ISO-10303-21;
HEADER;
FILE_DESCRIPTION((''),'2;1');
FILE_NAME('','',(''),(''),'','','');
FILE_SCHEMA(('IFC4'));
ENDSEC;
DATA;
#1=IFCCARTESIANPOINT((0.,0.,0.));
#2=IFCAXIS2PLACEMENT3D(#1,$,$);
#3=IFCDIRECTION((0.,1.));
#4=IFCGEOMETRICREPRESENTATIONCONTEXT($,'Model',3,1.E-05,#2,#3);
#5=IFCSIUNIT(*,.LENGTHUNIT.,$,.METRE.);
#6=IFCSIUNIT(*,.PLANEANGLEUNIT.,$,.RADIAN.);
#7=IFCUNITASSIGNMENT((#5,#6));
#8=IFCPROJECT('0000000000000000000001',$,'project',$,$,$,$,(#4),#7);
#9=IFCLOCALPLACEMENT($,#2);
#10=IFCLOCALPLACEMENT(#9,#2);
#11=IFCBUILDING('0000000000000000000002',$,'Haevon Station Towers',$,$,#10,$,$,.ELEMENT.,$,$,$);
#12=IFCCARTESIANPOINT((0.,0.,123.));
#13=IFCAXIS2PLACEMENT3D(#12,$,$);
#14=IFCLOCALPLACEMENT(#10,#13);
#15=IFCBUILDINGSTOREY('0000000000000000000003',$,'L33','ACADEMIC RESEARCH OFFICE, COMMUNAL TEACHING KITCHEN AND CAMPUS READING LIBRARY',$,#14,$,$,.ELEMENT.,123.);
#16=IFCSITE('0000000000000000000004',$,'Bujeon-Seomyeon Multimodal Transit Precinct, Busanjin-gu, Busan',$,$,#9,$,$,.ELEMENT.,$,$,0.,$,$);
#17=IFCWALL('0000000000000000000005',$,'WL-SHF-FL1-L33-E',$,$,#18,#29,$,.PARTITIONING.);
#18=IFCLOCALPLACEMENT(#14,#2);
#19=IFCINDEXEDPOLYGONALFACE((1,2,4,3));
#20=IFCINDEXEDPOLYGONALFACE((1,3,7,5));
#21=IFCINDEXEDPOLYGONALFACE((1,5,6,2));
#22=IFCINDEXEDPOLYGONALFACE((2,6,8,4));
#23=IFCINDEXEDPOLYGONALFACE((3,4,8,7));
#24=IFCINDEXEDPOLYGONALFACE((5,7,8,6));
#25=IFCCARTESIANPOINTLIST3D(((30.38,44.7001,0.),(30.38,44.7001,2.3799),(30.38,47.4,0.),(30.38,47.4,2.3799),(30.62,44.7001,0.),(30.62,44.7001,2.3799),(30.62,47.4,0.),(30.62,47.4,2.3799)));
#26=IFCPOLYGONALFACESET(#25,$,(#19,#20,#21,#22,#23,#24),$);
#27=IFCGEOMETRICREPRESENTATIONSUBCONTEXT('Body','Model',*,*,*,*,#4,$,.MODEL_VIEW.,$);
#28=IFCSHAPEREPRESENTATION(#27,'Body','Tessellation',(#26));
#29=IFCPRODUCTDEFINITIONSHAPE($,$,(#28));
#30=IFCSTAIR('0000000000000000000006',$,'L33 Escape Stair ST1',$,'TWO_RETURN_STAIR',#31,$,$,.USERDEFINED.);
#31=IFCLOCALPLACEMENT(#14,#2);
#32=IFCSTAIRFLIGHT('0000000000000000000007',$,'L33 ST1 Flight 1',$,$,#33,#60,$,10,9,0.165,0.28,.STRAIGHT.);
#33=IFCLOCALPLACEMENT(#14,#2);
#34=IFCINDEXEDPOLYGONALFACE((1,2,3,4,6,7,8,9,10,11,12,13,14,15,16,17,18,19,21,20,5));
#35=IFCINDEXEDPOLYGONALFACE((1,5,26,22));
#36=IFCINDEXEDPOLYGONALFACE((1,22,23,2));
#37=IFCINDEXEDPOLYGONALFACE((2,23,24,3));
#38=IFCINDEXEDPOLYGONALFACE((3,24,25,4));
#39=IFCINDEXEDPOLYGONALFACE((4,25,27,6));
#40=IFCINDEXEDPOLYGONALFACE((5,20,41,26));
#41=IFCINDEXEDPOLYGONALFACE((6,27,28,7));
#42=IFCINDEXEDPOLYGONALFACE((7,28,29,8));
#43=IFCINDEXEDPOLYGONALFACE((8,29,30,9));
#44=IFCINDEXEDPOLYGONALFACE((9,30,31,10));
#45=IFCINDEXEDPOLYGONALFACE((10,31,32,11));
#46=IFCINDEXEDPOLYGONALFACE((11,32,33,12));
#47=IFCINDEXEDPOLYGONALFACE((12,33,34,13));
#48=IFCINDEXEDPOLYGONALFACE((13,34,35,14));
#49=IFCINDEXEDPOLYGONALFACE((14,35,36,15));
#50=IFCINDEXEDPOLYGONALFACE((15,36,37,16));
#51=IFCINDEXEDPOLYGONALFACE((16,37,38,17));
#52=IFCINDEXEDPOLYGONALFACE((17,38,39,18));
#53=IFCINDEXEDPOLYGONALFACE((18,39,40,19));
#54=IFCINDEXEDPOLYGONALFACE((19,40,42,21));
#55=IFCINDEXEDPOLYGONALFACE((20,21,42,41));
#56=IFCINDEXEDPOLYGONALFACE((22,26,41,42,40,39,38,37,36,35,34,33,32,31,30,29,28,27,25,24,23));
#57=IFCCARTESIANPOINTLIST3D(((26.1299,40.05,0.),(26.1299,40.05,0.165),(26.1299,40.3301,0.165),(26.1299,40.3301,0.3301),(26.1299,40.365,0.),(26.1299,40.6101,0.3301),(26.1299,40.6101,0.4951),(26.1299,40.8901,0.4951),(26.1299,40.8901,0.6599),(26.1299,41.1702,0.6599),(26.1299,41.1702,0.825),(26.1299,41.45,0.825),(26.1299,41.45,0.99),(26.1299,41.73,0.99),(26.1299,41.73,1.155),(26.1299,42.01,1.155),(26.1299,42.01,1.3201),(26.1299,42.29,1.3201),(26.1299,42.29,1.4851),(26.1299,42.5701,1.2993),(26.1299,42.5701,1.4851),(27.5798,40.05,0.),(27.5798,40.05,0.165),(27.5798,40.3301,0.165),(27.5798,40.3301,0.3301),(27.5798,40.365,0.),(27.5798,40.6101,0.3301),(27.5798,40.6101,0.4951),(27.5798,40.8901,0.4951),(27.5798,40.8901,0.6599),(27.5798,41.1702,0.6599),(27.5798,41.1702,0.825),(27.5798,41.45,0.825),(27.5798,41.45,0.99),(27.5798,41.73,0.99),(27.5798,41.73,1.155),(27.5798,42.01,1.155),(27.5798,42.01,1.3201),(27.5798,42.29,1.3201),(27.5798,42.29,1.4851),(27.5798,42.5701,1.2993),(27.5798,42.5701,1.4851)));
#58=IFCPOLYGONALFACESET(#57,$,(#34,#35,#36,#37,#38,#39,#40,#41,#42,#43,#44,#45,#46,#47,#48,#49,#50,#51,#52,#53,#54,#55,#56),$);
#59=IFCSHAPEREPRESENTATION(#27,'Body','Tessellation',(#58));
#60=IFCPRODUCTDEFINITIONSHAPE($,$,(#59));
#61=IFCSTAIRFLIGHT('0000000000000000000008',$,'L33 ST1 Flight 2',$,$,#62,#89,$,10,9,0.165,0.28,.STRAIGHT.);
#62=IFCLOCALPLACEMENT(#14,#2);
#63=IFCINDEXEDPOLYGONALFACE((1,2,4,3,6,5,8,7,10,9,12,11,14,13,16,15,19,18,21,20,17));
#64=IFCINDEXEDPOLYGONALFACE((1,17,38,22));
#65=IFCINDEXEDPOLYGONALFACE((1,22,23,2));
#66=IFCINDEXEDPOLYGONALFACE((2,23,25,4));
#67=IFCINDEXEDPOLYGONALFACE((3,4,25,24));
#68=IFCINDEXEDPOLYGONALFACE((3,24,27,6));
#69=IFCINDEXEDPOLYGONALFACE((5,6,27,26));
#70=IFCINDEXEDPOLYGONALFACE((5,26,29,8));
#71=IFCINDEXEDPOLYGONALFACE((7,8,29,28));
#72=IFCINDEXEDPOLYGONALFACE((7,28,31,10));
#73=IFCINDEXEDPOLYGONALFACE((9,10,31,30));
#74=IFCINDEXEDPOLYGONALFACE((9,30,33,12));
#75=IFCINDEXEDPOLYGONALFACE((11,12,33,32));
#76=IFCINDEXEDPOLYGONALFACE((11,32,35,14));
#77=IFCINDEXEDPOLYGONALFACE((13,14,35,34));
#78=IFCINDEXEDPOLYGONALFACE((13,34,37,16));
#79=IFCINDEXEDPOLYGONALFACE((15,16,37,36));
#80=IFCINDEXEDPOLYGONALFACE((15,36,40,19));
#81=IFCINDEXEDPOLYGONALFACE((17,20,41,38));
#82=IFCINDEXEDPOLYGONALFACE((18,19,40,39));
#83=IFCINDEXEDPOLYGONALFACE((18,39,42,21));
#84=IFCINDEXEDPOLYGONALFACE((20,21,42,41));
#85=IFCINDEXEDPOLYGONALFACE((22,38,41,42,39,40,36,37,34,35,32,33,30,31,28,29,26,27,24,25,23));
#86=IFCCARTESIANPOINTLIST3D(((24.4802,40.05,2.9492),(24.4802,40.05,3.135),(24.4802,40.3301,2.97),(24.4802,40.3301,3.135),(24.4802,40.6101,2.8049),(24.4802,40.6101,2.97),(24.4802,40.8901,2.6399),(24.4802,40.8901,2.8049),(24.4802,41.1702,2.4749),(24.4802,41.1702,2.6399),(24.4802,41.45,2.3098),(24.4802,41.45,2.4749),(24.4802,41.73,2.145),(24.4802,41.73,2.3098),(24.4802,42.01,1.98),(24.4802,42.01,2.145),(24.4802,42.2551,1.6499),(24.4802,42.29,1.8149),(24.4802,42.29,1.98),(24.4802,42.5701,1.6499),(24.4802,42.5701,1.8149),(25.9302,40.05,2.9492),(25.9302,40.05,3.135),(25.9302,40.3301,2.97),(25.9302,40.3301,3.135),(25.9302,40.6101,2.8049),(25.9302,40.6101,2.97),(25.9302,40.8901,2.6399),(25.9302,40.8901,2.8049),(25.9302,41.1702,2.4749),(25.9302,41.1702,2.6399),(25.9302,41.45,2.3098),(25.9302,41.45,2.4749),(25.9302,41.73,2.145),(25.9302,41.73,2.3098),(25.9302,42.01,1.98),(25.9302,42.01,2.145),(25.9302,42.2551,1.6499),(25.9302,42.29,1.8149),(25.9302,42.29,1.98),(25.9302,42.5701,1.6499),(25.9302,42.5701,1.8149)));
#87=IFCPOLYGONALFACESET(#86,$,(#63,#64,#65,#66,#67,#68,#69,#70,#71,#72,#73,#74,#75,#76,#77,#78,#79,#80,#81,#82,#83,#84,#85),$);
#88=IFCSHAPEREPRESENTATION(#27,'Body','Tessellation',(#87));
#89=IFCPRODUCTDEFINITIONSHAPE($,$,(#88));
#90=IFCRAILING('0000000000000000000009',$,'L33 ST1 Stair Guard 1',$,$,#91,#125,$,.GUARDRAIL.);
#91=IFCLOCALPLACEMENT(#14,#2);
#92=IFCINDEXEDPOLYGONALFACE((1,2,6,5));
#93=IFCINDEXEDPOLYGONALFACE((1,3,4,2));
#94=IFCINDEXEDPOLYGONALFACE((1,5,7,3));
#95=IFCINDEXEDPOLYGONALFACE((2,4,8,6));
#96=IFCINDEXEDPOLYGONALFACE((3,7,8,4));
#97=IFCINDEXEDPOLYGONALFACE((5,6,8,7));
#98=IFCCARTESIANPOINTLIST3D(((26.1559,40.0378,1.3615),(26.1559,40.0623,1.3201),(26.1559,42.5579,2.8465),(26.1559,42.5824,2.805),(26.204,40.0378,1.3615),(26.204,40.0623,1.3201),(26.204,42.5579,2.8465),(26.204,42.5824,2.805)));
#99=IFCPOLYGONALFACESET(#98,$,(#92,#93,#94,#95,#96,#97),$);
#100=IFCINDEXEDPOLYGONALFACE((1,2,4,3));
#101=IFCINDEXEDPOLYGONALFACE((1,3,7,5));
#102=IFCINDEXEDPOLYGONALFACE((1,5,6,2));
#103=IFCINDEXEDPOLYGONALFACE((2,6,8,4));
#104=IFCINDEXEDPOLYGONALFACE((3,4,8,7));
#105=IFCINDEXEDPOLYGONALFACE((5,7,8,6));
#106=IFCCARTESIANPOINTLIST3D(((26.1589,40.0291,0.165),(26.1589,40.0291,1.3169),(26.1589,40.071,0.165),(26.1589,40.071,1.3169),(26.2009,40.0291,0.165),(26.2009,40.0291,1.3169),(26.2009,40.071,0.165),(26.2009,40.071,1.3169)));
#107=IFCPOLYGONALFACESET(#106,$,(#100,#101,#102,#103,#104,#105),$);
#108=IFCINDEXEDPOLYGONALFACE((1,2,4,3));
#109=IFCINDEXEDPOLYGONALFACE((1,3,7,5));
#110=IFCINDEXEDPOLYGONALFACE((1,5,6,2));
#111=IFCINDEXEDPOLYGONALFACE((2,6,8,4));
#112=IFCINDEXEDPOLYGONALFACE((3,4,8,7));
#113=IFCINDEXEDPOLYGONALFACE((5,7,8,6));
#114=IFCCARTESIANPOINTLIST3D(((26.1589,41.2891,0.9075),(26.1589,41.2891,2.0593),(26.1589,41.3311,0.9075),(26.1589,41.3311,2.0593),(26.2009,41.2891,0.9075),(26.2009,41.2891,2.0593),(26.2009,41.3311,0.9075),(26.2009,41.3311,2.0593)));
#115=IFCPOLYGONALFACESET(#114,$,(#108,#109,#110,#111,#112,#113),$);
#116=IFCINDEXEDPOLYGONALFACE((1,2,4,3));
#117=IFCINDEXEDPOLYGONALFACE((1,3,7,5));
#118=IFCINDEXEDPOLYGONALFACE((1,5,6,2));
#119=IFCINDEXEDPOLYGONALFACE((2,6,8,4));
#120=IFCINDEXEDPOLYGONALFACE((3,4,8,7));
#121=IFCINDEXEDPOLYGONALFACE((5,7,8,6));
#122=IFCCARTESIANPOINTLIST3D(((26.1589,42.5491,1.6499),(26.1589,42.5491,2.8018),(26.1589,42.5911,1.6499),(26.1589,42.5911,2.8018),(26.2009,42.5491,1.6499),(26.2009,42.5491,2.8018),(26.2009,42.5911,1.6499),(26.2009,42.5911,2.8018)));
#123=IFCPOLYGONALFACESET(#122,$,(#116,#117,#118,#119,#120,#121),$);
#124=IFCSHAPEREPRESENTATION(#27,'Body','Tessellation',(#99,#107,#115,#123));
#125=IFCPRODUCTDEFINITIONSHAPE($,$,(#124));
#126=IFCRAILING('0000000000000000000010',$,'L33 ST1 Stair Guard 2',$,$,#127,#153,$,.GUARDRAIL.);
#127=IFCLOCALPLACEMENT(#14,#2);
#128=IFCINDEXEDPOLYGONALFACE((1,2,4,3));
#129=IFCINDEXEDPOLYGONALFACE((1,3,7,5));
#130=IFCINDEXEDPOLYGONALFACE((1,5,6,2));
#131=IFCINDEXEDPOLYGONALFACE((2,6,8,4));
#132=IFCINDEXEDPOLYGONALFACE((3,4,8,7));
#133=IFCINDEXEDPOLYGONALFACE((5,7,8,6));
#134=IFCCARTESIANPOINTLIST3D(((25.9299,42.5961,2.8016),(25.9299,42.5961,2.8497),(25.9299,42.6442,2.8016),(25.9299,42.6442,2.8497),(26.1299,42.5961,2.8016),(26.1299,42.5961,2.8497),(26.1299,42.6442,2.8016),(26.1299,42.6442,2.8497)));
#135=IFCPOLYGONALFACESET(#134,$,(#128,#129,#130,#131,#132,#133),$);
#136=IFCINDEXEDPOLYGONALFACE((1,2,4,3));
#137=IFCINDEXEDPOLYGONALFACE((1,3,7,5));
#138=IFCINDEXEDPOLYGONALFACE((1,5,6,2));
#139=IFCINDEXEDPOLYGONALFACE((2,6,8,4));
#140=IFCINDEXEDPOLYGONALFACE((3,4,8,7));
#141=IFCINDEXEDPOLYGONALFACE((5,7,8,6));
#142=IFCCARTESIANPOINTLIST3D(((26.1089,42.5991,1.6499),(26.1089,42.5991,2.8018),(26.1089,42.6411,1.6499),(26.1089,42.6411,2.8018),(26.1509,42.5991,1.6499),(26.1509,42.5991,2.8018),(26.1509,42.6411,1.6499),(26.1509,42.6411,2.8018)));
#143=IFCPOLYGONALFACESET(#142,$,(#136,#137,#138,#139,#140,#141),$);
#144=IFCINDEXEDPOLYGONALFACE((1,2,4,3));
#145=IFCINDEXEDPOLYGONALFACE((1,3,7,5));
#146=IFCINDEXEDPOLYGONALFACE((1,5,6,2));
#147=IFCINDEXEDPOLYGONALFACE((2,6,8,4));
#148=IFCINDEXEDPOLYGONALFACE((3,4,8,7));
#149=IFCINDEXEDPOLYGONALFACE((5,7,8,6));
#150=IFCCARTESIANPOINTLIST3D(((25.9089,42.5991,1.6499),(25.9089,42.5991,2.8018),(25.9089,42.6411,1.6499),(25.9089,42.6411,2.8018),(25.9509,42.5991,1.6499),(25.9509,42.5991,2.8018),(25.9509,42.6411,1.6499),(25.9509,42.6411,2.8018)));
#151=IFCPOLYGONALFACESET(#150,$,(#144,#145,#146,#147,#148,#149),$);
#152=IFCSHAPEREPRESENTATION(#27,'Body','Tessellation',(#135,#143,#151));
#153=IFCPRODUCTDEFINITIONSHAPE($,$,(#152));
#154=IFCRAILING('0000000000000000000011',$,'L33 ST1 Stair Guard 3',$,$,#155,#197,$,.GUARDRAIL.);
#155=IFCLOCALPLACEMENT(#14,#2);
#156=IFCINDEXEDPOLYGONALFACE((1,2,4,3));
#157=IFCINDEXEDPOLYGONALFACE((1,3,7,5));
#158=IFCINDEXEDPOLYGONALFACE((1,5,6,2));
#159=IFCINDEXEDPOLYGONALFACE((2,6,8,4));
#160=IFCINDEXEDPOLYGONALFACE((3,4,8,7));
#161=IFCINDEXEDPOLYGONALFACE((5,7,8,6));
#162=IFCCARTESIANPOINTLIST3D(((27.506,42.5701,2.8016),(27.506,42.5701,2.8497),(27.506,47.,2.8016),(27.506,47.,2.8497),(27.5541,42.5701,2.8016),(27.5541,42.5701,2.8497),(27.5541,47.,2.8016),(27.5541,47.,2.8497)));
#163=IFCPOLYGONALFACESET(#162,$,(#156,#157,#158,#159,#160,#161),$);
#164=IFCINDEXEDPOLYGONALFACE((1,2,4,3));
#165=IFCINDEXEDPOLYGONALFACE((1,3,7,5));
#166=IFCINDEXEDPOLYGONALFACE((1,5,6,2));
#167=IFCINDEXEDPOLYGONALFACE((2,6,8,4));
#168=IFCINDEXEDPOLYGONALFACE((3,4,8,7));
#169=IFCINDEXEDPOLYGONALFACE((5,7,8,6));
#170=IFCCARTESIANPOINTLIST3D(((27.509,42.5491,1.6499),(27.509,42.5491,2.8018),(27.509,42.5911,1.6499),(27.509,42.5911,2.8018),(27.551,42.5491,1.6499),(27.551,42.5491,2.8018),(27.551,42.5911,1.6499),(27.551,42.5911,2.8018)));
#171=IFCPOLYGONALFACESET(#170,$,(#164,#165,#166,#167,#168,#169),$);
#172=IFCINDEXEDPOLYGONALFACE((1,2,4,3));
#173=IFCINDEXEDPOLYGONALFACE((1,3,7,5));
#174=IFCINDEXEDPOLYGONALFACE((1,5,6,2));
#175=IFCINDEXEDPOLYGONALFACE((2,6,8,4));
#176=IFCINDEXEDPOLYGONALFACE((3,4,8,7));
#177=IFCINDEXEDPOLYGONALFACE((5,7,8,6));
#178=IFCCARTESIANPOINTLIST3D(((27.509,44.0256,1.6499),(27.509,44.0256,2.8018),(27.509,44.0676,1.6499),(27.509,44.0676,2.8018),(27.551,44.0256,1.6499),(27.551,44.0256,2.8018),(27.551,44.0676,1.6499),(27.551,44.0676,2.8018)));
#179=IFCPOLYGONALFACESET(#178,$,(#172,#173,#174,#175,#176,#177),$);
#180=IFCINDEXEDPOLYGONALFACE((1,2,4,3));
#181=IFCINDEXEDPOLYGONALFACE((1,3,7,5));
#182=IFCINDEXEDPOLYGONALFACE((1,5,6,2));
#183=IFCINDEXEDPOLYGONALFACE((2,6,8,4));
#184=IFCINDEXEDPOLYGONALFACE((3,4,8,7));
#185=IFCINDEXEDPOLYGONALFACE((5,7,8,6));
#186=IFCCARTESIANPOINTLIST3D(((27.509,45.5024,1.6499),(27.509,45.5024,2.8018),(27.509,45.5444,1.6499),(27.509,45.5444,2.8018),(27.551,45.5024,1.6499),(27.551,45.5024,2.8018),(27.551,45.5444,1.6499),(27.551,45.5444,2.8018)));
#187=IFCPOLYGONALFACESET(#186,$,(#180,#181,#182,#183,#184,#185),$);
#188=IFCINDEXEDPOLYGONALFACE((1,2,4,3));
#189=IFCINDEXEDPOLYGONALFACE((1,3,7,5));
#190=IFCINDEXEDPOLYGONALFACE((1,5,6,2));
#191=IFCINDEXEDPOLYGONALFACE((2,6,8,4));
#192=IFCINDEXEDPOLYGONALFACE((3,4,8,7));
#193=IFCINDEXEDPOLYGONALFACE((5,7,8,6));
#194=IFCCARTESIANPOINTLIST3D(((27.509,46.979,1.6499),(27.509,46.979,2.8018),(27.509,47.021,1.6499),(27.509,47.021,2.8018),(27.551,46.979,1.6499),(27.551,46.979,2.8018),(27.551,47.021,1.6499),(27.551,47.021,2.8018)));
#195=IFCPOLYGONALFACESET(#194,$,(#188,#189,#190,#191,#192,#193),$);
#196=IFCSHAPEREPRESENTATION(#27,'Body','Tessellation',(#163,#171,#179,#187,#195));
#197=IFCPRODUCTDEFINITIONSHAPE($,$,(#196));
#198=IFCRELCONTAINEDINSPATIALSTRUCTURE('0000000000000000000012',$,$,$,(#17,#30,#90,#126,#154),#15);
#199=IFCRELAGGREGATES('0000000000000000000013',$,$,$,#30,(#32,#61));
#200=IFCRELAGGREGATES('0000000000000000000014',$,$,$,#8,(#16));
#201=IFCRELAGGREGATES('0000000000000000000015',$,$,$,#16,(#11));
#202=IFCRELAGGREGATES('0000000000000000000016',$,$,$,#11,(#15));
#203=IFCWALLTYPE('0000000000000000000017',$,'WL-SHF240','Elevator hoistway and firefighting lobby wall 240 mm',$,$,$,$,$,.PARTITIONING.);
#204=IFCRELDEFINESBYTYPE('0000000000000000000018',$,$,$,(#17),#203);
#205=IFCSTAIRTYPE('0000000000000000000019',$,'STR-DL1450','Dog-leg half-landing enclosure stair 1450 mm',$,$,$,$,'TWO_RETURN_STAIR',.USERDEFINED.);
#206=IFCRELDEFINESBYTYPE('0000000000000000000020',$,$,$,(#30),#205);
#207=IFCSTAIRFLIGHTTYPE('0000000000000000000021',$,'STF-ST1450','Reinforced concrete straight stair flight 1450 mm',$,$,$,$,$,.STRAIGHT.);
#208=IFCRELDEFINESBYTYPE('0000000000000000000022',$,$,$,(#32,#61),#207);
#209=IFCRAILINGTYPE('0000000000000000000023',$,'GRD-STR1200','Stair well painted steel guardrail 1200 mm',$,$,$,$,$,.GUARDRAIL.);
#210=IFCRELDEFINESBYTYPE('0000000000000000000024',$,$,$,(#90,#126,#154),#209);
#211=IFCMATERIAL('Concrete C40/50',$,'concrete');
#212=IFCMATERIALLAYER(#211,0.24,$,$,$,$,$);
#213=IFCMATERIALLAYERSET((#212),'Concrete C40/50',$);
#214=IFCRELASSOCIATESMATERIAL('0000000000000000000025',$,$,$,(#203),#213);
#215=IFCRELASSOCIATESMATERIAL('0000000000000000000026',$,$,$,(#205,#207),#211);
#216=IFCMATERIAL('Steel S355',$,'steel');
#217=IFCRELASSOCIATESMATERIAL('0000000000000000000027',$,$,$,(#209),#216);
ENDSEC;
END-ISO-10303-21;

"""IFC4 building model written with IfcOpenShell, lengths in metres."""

from ifc_helpers import new_model, si_unit, direction, frame, frame_2d, origin, origin_2d, place, context, subcontext, project, spatial, polyline, rectangle, outline, extrude, material, layer, layer_set, type_object, element, aggregate, save


model = new_model("IFC4")

# Units and contexts
model_context = context("Model", 3, precision=1e-05, world=origin(), true_north=direction((0.0, 1.0)))
body_context = subcontext(model_context, "Body", "Model", "MODEL_VIEW")
ifc_project = project(units=[si_unit("LENGTHUNIT", "METRE"), si_unit("PLANEANGLEUNIT", "RADIAN")], contexts=[model_context])

# Site, building, storey
site_placement = place(None, origin())
site = spatial("IfcSite", under=ifc_project, at=site_placement, Name="Bujeon-Seomyeon Multimodal Transit Precinct, Busanjin-gu, Busan", CompositionType="ELEMENT", RefElevation=0.0)
building_placement = place(site_placement, origin())
building = spatial("IfcBuilding", under=site, at=building_placement, Name="Haevon Station Towers", CompositionType="ELEMENT")
storey_placement = place(building_placement, frame((0.0, 0.0, 123.0)))
storey = spatial("IfcBuildingStorey", under=building, at=storey_placement, Name="L33", Description="ACADEMIC RESEARCH OFFICE, COMMUNAL TEACHING KITCHEN AND CAMPUS READING LIBRARY", CompositionType="ELEMENT", Elevation=123.0)

# Shared definitions
ifc_material_1 = material(Name="Steel S355", Category="steel")

# Shared definitions
ifc_material_2 = material(Name="Concrete C40/50", Category="concrete")
ifc_layer_1 = layer(ifc_material_2, 0.24)
ifc_layer_set_1 = layer_set([ifc_layer_1], Name="Concrete C40/50")
wall_type_1 = type_object("IfcWallType", Name="WL-SHF240", Description="Elevator hoistway and firefighting lobby wall 240 mm", PredefinedType="PARTITIONING", material=ifc_layer_set_1)

# Wall
wall_1_placement = place(storey_placement, frame((30.5, 44.7, 0.0), z_axis=(0.0, 0.0, 1.0), x_axis=(0.0, 1.0, 0.0)))
element("IfcWall", 1, at=wall_1_placement, inside=storey, type_object=wall_type_1, Name="WL-SHF-FL1-L33-E", PredefinedType="PARTITIONING", context=body_context, shape_type="SweptSolid", body=[
    extrude(rectangle(XDim=2.7, YDim=0.24, at=frame_2d((1.3501, 0.0))), origin(), (0.0, 0.0, 1.0), 2.3799),
])

# Stair, stair flights
stair_type = type_object("IfcStairType", Name="STR-DL1450", Description="Dog-leg half-landing enclosure stair 1450 mm", ElementType="TWO_RETURN_STAIR", PredefinedType="USERDEFINED", material=ifc_material_2)
stair_placement = place(storey_placement, origin())
stair = element("IfcStair", 2, at=stair_placement, inside=storey, type_object=stair_type, Name="L33 Escape Stair ST1", ObjectType="TWO_RETURN_STAIR", PredefinedType="USERDEFINED")
stair_flight_type = type_object("IfcStairFlightType", Name="STF-ST1450", Description="Reinforced concrete straight stair flight 1450 mm", PredefinedType="STRAIGHT", material=ifc_material_2)
stair_flight_1_placement = place(storey_placement, frame((26.855, 40.05, 0.0), z_axis=(0.0, 0.0, 1.0), x_axis=(0.0, 1.0, 0.0)))
stair_flight_1 = element("IfcStairFlight", 3, at=stair_flight_1_placement, type_object=stair_flight_type, Name="L33 ST1 Flight 1", NumberOfRisers=10, NumberOfTreads=9, PredefinedType="STRAIGHT", RiserHeight=0.165, TreadLength=0.28, context=body_context, shape_type="SweptSolid", body=[
    extrude(outline(polyline([(0.0, 0.0), (0.0, 0.165), (0.28, 0.165), (0.28, 0.3301), (0.5601, 0.3301), (0.5601, 0.4951), (0.8401, 0.4951), (0.8401, 0.6599), (1.1201, 0.6599), (1.1201, 0.825), (1.3999, 0.825), (1.3999, 0.99), (1.6799, 0.99), (1.6799, 1.155), (1.96, 1.155), (1.96, 1.3201), (2.24, 1.3201), (2.24, 1.4851), (2.52, 1.4851), (2.52, 1.6499), (2.52, 1.2993), (0.3149, 0.0), (0.0, 0.0)])), frame((0.0, 0.7251, 0.0), z_axis=(0.0, -1.0, 0.0), x_axis=(1.0, 0.0, 0.0)), (0.0, 0.0, 1.0), 1.45),
])
stair_flight_2_placement = place(storey_placement, frame((25.2051, 42.5701, 1.6499), z_axis=(0.0, 0.0, 1.0), x_axis=(0.0, -1.0, 0.0)))
stair_flight_2 = element("IfcStairFlight", 4, at=stair_flight_2_placement, type_object=stair_flight_type, Name="L33 ST1 Flight 2", NumberOfRisers=10, NumberOfTreads=9, PredefinedType="STRAIGHT", RiserHeight=0.165, TreadLength=0.28, context=body_context, shape_type="SweptSolid", body=[
    extrude(outline(polyline([(0.0, 0.0), (0.0, 0.165), (0.28, 0.165), (0.28, 0.3301), (0.5601, 0.3301), (0.5601, 0.4951), (0.8401, 0.4951), (0.8401, 0.6599), (1.1201, 0.6599), (1.1201, 0.825), (1.3999, 0.825), (1.3999, 0.99), (1.6799, 0.99), (1.6799, 1.155), (1.96, 1.155), (1.96, 1.3201), (2.24, 1.3201), (2.24, 1.4851), (2.52, 1.4851), (2.52, 1.6499), (2.52, 1.2993), (0.3149, 0.0), (0.0, 0.0)])), frame((0.0, 0.7251, 0.0), z_axis=(0.0, -1.0, 0.0), x_axis=(1.0, 0.0, 0.0)), (0.0, 0.0, 1.0), 1.45),
])
aggregate(stair, [stair_flight_1, stair_flight_2])

# Railings
railing_type_1 = type_object("IfcRailingType", Name="GRD-STR1200", Description="Stair well painted steel guardrail 1200 mm", PredefinedType="GUARDRAIL", material=ifc_material_1)
railing_1_placement = place(storey_placement, frame((26.1799, 40.05, 0.165)))
element("IfcRailing", 5, at=railing_1_placement, inside=storey, type_object=railing_type_1, Name="L33 ST1 Stair Guard 1", PredefinedType="GUARDRAIL", context=body_context, shape_type="SweptSolid", body=[
    extrude(rectangle(XDim=0.0481, YDim=0.0481, at=origin_2d()), frame((0.0, 0.0, 1.1758), z_axis=(0.0, 0.861561, 0.507655), x_axis=(-1.0, 0.0, 0.0)), (0.0, 0.0, 1.0), 2.925),
    extrude(rectangle(XDim=0.042, YDim=0.042, at=origin_2d()), origin(), (0.0, 0.0, 1.0), 1.1519),
    extrude(rectangle(XDim=0.042, YDim=0.042, at=origin_2d()), frame((0.0, 1.26, 0.7424)), (0.0, 0.0, 1.0), 1.1519),
    extrude(rectangle(XDim=0.042, YDim=0.042, at=origin_2d()), frame((0.0, 2.52, 1.4849)), (0.0, 0.0, 1.0), 1.1519),
])
railing_2_placement = place(storey_placement, frame((26.1299, 42.6201, 1.6499)))
element("IfcRailing", 6, at=railing_2_placement, inside=storey, type_object=railing_type_1, Name="L33 ST1 Stair Guard 2", PredefinedType="GUARDRAIL", context=body_context, shape_type="SweptSolid", body=[
    extrude(rectangle(XDim=0.0481, YDim=0.0481, at=origin_2d()), frame((0.0, 0.0, 1.1758), z_axis=(-1.0, 0.0, 0.0), x_axis=(0.0, -1.0, 0.0)), (0.0, 0.0, 1.0), 0.2),
    extrude(rectangle(XDim=0.042, YDim=0.042, at=origin_2d()), origin(), (0.0, 0.0, 1.0), 1.1519),
    extrude(rectangle(XDim=0.042, YDim=0.042, at=origin_2d()), frame((-0.2, 0.0, 0.0)), (0.0, 0.0, 1.0), 1.1519),
])
for number, where, name in (
    (7, (27.53, 42.5701, 1.6499), "L33 ST1 Stair Guard 3"),
):
    element("IfcRailing", number, at=place(storey_placement, frame(where)), inside=storey, type_object=railing_type_1, Name=name, PredefinedType="GUARDRAIL", context=body_context, shape_type="SweptSolid", body=[
        extrude(rectangle(XDim=0.0481, YDim=0.0481, at=origin_2d()), frame((0.0, 0.0, 1.1758), z_axis=(0.0, 1.0, 0.0), x_axis=(-1.0, 0.0, 0.0)), (0.0, 0.0, 1.0), 4.4299),
        extrude(rectangle(XDim=0.042, YDim=0.042, at=origin_2d()), origin(), (0.0, 0.0, 1.0), 1.1519),
        extrude(rectangle(XDim=0.042, YDim=0.042, at=origin_2d()), frame((0.0, 1.4766, 0.0)), (0.0, 0.0, 1.0), 1.1519),
        extrude(rectangle(XDim=0.042, YDim=0.042, at=origin_2d()), frame((0.0, 2.9534, 0.0)), (0.0, 0.0, 1.0), 1.1519),
        extrude(rectangle(XDim=0.042, YDim=0.042, at=origin_2d()), frame((0.0, 4.4299, 0.0)), (0.0, 0.0, 1.0), 1.1519),
    ])

save(model, "model.ifc")
